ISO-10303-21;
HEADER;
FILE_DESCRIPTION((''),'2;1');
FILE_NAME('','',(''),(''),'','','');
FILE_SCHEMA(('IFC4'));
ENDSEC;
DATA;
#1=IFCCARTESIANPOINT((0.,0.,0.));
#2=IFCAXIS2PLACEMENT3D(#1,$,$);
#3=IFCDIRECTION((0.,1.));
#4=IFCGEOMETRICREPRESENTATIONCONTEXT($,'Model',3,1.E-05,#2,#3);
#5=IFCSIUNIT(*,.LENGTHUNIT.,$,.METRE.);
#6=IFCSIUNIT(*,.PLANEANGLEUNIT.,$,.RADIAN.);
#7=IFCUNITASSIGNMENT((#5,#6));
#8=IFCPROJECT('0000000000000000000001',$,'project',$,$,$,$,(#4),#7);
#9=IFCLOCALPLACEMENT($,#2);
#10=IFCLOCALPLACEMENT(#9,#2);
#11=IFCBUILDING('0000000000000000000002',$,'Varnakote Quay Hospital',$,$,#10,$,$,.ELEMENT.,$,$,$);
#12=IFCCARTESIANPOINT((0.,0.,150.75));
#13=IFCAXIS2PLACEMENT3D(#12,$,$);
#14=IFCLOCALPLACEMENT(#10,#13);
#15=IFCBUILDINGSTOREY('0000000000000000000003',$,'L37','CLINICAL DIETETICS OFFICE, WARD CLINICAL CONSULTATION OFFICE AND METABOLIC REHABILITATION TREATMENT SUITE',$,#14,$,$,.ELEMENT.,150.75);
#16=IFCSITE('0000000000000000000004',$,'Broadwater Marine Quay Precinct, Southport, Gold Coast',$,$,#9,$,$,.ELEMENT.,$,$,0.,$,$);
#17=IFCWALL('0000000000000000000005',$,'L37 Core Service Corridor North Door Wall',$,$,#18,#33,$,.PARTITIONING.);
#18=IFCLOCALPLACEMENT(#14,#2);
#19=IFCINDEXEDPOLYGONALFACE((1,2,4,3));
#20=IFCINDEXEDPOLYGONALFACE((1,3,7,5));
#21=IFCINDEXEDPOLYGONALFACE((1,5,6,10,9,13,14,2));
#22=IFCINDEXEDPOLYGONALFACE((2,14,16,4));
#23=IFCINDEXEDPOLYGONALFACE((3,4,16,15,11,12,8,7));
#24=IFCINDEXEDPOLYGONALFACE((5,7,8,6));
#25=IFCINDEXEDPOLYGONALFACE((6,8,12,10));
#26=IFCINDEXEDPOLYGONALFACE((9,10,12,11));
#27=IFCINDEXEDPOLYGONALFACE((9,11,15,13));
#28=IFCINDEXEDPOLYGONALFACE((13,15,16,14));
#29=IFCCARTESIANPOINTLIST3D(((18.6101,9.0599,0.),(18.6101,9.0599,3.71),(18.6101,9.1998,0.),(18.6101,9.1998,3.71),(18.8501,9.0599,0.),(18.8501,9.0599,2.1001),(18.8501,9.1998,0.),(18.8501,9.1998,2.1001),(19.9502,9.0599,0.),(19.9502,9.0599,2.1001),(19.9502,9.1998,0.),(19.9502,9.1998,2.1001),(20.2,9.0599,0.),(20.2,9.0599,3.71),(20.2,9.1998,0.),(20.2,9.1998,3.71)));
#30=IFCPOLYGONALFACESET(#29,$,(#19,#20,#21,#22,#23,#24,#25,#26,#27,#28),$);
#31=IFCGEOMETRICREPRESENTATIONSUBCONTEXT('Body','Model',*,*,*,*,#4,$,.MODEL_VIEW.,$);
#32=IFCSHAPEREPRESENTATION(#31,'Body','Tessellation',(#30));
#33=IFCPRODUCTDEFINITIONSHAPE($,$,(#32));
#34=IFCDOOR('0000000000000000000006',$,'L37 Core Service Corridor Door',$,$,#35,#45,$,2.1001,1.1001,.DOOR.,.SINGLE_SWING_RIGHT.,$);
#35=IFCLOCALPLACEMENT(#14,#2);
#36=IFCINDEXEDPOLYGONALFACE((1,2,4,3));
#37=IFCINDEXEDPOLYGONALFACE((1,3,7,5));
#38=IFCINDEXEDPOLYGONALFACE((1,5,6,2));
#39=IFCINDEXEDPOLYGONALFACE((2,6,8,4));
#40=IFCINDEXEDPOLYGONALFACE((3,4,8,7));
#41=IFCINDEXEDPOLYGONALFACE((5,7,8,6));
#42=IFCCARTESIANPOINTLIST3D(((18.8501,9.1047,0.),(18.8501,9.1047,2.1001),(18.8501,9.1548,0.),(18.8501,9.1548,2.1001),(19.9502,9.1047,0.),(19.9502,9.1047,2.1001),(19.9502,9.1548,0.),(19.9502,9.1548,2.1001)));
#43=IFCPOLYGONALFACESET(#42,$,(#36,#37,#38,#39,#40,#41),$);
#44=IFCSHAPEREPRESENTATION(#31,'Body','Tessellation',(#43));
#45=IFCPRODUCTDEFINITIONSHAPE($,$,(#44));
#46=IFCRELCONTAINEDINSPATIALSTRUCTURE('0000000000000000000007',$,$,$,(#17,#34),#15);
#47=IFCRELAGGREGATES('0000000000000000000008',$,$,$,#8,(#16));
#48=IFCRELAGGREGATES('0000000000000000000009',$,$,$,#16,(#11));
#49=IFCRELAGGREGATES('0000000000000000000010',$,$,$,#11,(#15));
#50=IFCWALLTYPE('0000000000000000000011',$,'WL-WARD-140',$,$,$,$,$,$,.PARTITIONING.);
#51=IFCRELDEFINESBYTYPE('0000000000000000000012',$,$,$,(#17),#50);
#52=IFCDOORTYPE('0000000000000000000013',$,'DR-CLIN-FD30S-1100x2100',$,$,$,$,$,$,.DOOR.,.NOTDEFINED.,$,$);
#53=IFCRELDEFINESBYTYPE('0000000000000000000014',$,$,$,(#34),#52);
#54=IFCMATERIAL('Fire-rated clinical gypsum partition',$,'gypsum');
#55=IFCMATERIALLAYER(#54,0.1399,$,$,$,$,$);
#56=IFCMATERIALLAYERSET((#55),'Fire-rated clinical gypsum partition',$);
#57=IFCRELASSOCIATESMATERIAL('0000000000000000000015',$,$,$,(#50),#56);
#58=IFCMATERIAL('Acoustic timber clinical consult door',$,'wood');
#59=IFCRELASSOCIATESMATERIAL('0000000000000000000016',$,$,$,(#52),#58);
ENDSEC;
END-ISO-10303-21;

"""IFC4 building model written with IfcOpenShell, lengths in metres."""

from ifc_helpers import new_model, si_unit, direction, frame, frame_2d, origin, place, context, subcontext, project, spatial, rectangle, extrude, material, layer, layer_set, type_object, element, fill, save


model = new_model("IFC4")

# Units and contexts
model_context = context("Model", 3, precision=1e-05, world=origin(), true_north=direction((0.0, 1.0)))
body_context = subcontext(model_context, "Body", "Model", "MODEL_VIEW")
ifc_project = project(units=[si_unit("LENGTHUNIT", "METRE"), si_unit("PLANEANGLEUNIT", "RADIAN")], contexts=[model_context])

# Site, building, storey
site_placement = place(None, origin())
site = spatial("IfcSite", under=ifc_project, at=site_placement, Name="Broadwater Marine Quay Precinct, Southport, Gold Coast", CompositionType="ELEMENT", RefElevation=0.0)
building_placement = place(site_placement, origin())
building = spatial("IfcBuilding", under=site, at=building_placement, Name="Varnakote Quay Hospital", CompositionType="ELEMENT")
storey_placement = place(building_placement, frame((0.0, 0.0, 150.75)))
storey = spatial("IfcBuildingStorey", under=building, at=storey_placement, Name="L37", Description="CLINICAL DIETETICS OFFICE, WARD CLINICAL CONSULTATION OFFICE AND METABOLIC REHABILITATION TREATMENT SUITE", CompositionType="ELEMENT", Elevation=150.75)

# Wall, opening, door
ifc_material_1 = material(Name="Fire-rated clinical gypsum partition", Category="gypsum")
ifc_layer_1 = layer(ifc_material_1, 0.1399)
ifc_layer_set_1 = layer_set([ifc_layer_1], Name="Fire-rated clinical gypsum partition")
wall_type_1 = type_object("IfcWallType", Name="WL-WARD-140", PredefinedType="PARTITIONING", material=ifc_layer_set_1)
ifc_material_2 = material(Name="Acoustic timber clinical consult door", Category="wood")
door_type_1 = type_object("IfcDoorType", Name="DR-CLIN-FD30S-1100x2100", OperationType="NOTDEFINED", PredefinedType="DOOR", material=ifc_material_2)
wall_1_placement = place(storey_placement, frame((18.6101, 9.1299, 0.0), z_axis=(0.0, 0.0, 1.0), x_axis=(1.0, 0.0, 0.0)))
wall_1 = element("IfcWall", 1, at=wall_1_placement, inside=storey, type_object=wall_type_1, Name="L37 Core Service Corridor North Door Wall", PredefinedType="PARTITIONING", context=body_context, shape_type="SweptSolid", body=[
    extrude(rectangle(XDim=1.5898, YDim=0.1399, at=frame_2d((0.7949, 0.0))), origin(), (0.0, 0.0, 1.0), 3.71),
])
opening_1_placement = place(wall_1_placement, frame((0.24, 0.0, 0.0)))
opening_1 = element("IfcOpeningElement", 2, at=opening_1_placement, cuts=wall_1, PredefinedType="OPENING", context=body_context, shape_type="SweptSolid", body=[
    extrude(rectangle(XDim=1.1001, YDim=2.1001, at=frame_2d((0.55, 1.05))), frame((0.0, 0.0798, 0.0), z_axis=(0.0, -1.0, 0.0), x_axis=(1.0, 0.0, 0.0)), (0.0, 0.0, 1.0), 0.1599),
])
door_1_placement = place(opening_1_placement, origin())
door_1 = element("IfcDoor", 3, at=door_1_placement, inside=storey, type_object=door_type_1, Name="L37 Core Service Corridor Door", OperationType="SINGLE_SWING_RIGHT", OverallHeight=2.1001, OverallWidth=1.1001, PredefinedType="DOOR", context=body_context, shape_type="SweptSolid", body=[
    extrude(rectangle(XDim=1.1001, YDim=2.1001, at=frame_2d((0.55, 1.05))), frame((0.0, 0.0249, 0.0), z_axis=(0.0, -1.0, 0.0), x_axis=(1.0, 0.0, 0.0)), (0.0, 0.0, 1.0), 0.05),
])
fill(opening_1, door_1)

save(model, "model.ifc")
